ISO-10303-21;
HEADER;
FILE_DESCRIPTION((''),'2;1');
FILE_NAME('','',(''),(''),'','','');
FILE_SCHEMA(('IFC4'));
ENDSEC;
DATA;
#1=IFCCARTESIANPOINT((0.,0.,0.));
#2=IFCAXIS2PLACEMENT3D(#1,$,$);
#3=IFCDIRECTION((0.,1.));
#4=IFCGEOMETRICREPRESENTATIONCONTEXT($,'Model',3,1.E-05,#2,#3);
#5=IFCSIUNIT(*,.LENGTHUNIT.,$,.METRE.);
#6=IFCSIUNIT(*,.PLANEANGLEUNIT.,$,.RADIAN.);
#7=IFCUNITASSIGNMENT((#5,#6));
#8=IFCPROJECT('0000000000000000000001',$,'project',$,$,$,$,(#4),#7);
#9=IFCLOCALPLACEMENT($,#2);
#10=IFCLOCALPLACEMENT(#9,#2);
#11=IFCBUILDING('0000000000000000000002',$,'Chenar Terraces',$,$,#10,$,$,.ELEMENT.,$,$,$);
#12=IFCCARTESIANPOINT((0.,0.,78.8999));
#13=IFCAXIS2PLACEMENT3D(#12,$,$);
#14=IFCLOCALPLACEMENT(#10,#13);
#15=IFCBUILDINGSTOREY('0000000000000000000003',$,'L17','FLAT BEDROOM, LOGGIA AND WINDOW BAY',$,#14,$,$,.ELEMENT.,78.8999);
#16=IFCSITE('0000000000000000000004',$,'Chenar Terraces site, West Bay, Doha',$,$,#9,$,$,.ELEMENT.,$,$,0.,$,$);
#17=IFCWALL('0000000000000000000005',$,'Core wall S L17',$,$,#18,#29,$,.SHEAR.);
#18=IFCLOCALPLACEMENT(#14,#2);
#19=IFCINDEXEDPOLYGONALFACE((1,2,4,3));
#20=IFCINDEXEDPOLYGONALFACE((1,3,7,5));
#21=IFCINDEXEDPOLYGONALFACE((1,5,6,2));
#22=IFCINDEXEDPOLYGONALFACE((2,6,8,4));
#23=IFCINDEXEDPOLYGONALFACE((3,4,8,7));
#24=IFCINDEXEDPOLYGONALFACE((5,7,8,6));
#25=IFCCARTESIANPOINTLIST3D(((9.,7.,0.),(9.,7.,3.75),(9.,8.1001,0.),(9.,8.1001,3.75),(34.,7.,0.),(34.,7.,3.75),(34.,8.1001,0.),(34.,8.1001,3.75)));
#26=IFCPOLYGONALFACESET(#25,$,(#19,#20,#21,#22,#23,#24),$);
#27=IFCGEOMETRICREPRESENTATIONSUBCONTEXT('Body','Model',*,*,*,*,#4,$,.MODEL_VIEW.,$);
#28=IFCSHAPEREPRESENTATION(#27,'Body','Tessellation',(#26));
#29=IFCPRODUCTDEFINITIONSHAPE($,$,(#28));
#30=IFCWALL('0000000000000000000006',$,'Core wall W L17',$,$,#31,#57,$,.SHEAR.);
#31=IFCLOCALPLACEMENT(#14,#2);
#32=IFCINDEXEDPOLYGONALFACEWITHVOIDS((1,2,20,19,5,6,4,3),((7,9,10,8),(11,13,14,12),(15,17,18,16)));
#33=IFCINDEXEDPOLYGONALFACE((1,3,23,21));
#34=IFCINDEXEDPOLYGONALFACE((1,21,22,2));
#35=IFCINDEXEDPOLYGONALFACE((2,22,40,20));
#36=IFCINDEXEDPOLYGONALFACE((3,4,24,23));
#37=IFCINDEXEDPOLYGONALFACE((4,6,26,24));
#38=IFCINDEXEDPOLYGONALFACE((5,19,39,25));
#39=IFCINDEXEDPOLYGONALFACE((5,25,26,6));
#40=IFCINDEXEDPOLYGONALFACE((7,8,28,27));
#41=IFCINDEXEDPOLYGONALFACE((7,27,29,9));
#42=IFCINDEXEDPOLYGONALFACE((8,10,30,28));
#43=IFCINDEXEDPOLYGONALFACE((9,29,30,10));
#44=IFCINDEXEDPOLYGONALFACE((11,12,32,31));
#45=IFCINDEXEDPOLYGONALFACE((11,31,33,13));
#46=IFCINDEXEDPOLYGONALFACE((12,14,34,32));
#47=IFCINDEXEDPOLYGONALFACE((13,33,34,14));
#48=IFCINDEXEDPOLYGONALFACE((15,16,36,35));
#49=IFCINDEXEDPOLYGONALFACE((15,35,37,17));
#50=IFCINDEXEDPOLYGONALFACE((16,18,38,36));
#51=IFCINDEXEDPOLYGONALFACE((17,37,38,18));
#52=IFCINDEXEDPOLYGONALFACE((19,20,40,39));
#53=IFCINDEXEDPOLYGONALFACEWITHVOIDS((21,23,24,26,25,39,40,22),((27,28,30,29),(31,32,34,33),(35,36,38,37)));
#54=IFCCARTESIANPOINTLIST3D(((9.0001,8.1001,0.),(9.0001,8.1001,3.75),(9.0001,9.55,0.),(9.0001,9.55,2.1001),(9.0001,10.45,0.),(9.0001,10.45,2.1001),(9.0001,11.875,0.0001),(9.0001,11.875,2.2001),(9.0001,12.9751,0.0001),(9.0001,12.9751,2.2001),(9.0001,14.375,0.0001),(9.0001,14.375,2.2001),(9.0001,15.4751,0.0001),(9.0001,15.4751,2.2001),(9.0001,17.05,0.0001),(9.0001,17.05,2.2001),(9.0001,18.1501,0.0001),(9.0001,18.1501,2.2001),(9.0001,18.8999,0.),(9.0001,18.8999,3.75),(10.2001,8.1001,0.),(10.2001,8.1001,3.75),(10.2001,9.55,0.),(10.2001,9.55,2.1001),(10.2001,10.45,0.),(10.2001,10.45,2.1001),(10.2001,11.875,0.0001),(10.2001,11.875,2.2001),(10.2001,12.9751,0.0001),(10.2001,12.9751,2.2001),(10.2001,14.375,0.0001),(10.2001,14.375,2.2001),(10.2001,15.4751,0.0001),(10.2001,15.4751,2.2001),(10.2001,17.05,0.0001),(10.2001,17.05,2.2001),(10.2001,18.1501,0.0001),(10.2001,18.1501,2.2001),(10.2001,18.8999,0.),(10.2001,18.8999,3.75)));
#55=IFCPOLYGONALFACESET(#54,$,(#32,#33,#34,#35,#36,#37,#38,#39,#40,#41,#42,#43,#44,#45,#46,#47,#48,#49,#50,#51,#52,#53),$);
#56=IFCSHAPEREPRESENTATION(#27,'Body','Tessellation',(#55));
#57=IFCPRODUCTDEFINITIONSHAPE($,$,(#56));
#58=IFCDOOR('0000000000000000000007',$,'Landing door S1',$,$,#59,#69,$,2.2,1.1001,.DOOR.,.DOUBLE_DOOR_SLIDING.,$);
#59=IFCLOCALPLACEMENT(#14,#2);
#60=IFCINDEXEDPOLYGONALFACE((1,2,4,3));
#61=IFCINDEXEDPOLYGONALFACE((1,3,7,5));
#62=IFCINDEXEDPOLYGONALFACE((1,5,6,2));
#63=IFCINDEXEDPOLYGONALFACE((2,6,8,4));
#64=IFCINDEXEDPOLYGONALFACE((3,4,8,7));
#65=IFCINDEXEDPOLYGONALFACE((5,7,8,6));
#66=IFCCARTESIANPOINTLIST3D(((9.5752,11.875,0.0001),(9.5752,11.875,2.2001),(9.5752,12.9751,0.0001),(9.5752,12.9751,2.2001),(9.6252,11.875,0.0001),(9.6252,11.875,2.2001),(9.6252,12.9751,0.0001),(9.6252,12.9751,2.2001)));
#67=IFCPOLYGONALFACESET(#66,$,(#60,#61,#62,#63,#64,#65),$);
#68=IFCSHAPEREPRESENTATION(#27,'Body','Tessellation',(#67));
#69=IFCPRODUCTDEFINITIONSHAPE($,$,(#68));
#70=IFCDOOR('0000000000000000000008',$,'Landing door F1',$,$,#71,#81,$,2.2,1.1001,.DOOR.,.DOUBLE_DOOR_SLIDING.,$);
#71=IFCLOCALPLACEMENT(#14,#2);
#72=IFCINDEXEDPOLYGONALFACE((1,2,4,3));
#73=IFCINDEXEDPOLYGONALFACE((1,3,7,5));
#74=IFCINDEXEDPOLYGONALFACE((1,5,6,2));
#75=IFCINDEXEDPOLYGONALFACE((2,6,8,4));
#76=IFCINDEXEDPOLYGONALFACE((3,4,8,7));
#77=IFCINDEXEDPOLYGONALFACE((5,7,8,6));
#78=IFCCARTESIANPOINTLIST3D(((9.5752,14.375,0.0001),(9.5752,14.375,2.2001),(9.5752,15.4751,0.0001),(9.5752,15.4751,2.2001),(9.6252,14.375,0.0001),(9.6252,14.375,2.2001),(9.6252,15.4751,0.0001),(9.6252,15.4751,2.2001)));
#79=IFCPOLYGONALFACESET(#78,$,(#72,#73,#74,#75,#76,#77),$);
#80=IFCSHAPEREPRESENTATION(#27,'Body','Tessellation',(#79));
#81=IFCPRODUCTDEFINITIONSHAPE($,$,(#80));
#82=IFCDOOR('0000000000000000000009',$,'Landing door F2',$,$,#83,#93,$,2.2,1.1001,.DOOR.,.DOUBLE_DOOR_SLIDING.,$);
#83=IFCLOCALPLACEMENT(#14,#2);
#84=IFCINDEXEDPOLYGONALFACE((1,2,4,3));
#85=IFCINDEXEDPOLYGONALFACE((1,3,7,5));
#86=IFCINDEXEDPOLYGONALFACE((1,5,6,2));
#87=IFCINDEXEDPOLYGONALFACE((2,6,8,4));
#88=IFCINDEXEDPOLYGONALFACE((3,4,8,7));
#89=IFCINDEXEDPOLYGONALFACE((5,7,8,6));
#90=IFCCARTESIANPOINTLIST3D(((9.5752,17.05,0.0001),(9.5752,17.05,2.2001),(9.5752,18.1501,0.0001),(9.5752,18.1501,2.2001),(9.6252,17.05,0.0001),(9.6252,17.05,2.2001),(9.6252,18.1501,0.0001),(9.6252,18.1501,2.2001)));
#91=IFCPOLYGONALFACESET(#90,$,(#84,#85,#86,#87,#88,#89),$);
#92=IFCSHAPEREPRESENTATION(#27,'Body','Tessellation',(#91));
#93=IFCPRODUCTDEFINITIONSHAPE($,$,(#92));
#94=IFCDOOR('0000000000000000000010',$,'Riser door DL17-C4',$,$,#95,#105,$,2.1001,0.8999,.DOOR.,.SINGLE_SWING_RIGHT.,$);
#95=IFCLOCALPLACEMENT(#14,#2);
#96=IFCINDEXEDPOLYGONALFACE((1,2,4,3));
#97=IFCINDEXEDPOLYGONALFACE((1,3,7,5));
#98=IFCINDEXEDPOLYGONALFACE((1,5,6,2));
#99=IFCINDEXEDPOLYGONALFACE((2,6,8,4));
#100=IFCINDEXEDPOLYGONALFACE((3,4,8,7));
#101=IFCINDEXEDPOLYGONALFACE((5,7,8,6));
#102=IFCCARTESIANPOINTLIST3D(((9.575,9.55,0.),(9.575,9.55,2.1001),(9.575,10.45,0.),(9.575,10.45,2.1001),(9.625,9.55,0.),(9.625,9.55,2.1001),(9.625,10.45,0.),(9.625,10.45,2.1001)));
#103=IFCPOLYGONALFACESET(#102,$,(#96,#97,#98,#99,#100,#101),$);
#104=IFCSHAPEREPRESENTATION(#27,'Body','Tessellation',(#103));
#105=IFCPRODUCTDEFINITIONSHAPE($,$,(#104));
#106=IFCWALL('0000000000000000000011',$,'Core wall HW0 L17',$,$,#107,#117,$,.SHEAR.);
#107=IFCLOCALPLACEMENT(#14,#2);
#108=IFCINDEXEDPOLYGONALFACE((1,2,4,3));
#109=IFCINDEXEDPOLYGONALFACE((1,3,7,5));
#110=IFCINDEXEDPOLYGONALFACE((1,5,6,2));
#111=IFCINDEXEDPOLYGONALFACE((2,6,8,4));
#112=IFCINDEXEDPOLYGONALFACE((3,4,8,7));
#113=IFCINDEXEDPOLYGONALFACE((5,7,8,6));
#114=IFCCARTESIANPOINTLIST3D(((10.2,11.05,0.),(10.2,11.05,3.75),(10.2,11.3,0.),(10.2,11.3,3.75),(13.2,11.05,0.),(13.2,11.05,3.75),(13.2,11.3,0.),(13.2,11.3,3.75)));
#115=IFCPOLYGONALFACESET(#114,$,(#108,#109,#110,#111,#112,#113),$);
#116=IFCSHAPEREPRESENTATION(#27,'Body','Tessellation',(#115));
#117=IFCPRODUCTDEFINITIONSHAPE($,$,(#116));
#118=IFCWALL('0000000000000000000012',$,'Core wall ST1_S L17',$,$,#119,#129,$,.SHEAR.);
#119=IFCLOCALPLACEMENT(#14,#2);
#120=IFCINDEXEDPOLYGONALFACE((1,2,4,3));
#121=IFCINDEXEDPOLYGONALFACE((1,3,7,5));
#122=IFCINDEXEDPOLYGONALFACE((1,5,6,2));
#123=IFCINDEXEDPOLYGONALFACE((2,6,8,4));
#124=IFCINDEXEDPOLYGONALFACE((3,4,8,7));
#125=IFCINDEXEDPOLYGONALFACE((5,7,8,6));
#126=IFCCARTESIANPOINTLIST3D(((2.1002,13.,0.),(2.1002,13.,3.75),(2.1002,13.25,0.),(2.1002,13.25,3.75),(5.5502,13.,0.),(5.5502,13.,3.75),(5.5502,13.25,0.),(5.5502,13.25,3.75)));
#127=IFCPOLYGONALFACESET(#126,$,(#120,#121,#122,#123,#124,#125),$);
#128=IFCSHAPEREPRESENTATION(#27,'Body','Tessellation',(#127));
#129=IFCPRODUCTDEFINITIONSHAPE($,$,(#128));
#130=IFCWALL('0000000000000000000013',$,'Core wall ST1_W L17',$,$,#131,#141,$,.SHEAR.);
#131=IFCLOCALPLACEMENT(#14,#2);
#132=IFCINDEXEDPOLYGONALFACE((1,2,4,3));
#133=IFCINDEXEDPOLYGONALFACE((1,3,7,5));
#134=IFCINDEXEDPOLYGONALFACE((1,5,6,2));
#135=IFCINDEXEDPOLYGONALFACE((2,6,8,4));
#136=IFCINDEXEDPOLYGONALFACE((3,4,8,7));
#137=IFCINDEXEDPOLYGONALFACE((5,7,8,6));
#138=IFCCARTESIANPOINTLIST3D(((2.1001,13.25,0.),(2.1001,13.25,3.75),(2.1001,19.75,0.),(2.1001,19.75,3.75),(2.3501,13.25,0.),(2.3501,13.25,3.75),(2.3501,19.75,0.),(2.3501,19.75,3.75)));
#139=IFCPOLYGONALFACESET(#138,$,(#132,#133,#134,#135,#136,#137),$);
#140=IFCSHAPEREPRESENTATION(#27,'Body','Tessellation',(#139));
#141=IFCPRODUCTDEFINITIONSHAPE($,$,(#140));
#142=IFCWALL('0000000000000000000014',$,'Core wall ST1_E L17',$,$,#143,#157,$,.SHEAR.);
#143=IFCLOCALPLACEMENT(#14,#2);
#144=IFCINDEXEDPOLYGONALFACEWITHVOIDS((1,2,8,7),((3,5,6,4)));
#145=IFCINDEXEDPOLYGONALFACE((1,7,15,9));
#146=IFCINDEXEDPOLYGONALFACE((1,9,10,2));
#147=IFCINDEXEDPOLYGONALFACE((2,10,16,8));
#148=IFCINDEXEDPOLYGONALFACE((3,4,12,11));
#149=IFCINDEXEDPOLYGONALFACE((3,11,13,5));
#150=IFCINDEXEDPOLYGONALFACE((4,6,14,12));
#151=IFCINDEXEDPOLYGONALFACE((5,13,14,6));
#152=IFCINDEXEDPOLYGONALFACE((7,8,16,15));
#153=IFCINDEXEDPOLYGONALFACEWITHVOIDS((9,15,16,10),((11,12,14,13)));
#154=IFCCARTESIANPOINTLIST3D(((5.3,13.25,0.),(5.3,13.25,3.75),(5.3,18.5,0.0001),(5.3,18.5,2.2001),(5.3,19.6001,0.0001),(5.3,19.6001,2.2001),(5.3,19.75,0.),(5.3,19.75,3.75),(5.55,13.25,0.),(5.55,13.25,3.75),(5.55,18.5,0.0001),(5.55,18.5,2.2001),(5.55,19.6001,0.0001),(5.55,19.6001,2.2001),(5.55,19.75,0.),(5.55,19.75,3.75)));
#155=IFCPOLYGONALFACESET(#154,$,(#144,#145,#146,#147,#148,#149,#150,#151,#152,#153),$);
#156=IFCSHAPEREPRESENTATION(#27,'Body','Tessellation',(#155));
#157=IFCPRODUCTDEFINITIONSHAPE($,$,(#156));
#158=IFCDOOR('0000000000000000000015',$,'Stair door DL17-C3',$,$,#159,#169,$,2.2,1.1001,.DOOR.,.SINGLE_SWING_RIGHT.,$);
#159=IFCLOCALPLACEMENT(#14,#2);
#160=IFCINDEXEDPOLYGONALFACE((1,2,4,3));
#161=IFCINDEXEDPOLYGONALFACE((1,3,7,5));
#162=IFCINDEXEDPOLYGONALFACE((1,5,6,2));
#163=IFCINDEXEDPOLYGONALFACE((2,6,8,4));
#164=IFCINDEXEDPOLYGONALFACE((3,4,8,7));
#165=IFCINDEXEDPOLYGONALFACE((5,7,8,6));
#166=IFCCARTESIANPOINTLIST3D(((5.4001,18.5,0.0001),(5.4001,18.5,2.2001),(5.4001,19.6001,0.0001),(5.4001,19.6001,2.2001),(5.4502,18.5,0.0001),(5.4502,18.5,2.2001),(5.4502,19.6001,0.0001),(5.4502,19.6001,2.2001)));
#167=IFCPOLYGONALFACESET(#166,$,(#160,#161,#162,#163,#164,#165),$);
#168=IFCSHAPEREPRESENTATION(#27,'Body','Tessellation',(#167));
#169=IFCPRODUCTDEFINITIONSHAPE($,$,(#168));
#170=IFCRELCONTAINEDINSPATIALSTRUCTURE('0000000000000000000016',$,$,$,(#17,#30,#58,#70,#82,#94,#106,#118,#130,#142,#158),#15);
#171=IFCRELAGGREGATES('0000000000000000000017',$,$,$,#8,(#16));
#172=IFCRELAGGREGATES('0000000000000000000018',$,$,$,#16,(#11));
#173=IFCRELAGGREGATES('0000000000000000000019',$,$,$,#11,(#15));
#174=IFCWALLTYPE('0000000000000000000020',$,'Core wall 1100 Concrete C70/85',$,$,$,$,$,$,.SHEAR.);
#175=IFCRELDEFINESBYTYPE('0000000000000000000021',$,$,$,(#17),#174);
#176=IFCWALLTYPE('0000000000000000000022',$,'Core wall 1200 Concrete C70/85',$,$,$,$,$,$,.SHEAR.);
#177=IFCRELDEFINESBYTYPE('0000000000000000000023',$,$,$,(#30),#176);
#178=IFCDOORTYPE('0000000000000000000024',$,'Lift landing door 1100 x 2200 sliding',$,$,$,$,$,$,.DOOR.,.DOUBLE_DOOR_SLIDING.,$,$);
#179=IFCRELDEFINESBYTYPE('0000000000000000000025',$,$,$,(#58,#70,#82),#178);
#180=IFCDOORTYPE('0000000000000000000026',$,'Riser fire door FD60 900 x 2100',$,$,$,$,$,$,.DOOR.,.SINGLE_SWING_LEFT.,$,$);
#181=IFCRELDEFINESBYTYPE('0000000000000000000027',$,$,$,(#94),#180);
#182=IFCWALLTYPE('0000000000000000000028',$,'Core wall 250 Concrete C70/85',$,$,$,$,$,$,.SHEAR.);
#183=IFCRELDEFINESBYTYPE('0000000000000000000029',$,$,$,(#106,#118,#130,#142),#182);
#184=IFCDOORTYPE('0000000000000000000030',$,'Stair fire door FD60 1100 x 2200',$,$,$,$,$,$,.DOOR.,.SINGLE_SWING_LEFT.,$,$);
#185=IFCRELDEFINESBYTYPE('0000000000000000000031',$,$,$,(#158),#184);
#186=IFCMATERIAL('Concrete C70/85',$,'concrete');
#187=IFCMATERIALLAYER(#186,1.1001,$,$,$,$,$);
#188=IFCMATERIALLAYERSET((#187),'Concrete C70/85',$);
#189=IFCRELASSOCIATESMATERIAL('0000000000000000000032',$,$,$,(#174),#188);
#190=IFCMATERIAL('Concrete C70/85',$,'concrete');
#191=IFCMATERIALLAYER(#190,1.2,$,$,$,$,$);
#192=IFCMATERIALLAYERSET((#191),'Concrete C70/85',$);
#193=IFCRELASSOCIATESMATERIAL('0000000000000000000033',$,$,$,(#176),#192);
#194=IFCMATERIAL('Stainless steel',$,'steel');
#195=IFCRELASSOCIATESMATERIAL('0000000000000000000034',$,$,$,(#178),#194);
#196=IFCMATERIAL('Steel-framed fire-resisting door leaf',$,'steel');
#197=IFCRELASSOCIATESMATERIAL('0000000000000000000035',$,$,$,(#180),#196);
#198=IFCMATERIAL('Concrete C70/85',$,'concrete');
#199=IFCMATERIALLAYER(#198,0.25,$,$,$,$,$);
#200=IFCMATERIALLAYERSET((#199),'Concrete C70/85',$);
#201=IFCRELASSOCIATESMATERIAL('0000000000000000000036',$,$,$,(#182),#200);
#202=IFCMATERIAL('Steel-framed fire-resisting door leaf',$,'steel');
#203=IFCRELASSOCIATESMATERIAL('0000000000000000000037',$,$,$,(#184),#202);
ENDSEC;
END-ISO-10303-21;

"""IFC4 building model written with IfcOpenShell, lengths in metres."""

from ifc_helpers import new_model, si_unit, direction, frame, frame_2d, origin, place, context, subcontext, project, spatial, rectangle, extrude, material, layer, layer_set, type_object, element, fill, save


model = new_model("IFC4")

# Units and contexts
model_context = context("Model", 3, precision=1e-05, world=origin(), true_north=direction((0.0, 1.0)))
body_context = subcontext(model_context, "Body", "Model", "MODEL_VIEW")
ifc_project = project(units=[si_unit("LENGTHUNIT", "METRE"), si_unit("PLANEANGLEUNIT", "RADIAN")], contexts=[model_context])

# Site, building, storey
site_placement = place(None, origin())
site = spatial("IfcSite", under=ifc_project, at=site_placement, Name="Chenar Terraces site, West Bay, Doha", CompositionType="ELEMENT", RefElevation=0.0)
building_placement = place(site_placement, origin())
building = spatial("IfcBuilding", under=site, at=building_placement, Name="Chenar Terraces", CompositionType="ELEMENT")
storey_placement = place(building_placement, frame((0.0, 0.0, 78.8999)))
storey = spatial("IfcBuildingStorey", under=building, at=storey_placement, Name="L17", Description="FLAT BEDROOM, LOGGIA AND WINDOW BAY", CompositionType="ELEMENT", Elevation=78.8999)

# Wall
ifc_material_1 = material(Name="Concrete C70/85", Category="concrete")
ifc_layer_1 = layer(ifc_material_1, 1.1001)
ifc_layer_set_1 = layer_set([ifc_layer_1], Name="Concrete C70/85")
wall_type_1 = type_object("IfcWallType", Name="Core wall 1100 Concrete C70/85", PredefinedType="SHEAR", material=ifc_layer_set_1)
wall_1_placement = place(storey_placement, frame((9.0, 7.55, 0.0), z_axis=(0.0, 0.0, 1.0), x_axis=(1.0, 0.0, 0.0)))
element("IfcWall", 1, at=wall_1_placement, inside=storey, type_object=wall_type_1, Name="Core wall S L17", PredefinedType="SHEAR", context=body_context, shape_type="SweptSolid", body=[
    extrude(rectangle(XDim=25.0, YDim=1.1001, at=frame_2d((12.5, 0.0))), origin(), (0.0, 0.0, 1.0), 3.75),
])

# Wall, openings, doors
ifc_material_2 = material(Name="Concrete C70/85", Category="concrete")
ifc_layer_2 = layer(ifc_material_2, 1.2)
ifc_layer_set_2 = layer_set([ifc_layer_2], Name="Concrete C70/85")
wall_type_2 = type_object("IfcWallType", Name="Core wall 1200 Concrete C70/85", PredefinedType="SHEAR", material=ifc_layer_set_2)
wall_2_placement = place(storey_placement, frame((9.6001, 8.1001, 0.0), z_axis=(0.0, 0.0, 1.0), x_axis=(0.0, 1.0, 0.0)))
wall_2 = element("IfcWall", 2, at=wall_2_placement, inside=storey, type_object=wall_type_2, Name="Core wall W L17", PredefinedType="SHEAR", context=body_context, shape_type="SweptSolid", body=[
    extrude(rectangle(XDim=10.7998, YDim=1.2, at=frame_2d((5.3999, 0.0))), origin(), (0.0, 0.0, 1.0), 3.75),
])
opening_1_placement = place(wall_2_placement, frame((3.7749, 0.0, 0.0)))
opening_1 = element("IfcOpeningElement", 3, at=opening_1_placement, cuts=wall_2, PredefinedType="OPENING", context=body_context, shape_type="SweptSolid", body=[
    extrude(rectangle(XDim=1.1001, YDim=2.2, at=frame_2d((0.55, 1.1001))), frame((0.0, 0.6099, 0.0), z_axis=(0.0, -1.0, 0.0), x_axis=(1.0, 0.0, 0.0)), (0.0, 0.0, 1.0), 1.22),
])
opening_2_placement = place(wall_2_placement, frame((6.2749, 0.0, 0.0)))
opening_2 = element("IfcOpeningElement", 4, at=opening_2_placement, cuts=wall_2, PredefinedType="OPENING", context=body_context, shape_type="SweptSolid", body=[
    extrude(rectangle(XDim=1.1001, YDim=2.2, at=frame_2d((0.55, 1.1001))), frame((0.0, 0.6099, 0.0), z_axis=(0.0, -1.0, 0.0), x_axis=(1.0, 0.0, 0.0)), (0.0, 0.0, 1.0), 1.22),
])
opening_3_placement = place(wall_2_placement, frame((8.95, 0.0, 0.0)))
opening_3 = element("IfcOpeningElement", 5, at=opening_3_placement, cuts=wall_2, PredefinedType="OPENING", context=body_context, shape_type="SweptSolid", body=[
    extrude(rectangle(XDim=1.1001, YDim=2.2, at=frame_2d((0.55, 1.1001))), frame((0.0, 0.6099, 0.0), z_axis=(0.0, -1.0, 0.0), x_axis=(1.0, 0.0, 0.0)), (0.0, 0.0, 1.0), 1.22),
])
opening_4_placement = place(wall_2_placement, frame((1.45, 0.0, 0.0)))
opening_4 = element("IfcOpeningElement", 6, at=opening_4_placement, cuts=wall_2, PredefinedType="OPENING", context=body_context, shape_type="SweptSolid", body=[
    extrude(rectangle(XDim=0.8999, YDim=2.1001, at=frame_2d((0.45, 1.05))), frame((0.0, 0.6099, 0.0), z_axis=(0.0, -1.0, 0.0), x_axis=(1.0, 0.0, 0.0)), (0.0, 0.0, 1.0), 1.22),
])
ifc_material_3 = material(Name="Stainless steel", Category="steel")
door_type_1 = type_object("IfcDoorType", Name="Lift landing door 1100 x 2200 sliding", OperationType="DOUBLE_DOOR_SLIDING", PredefinedType="DOOR", material=ifc_material_3)
door_1_placement = place(opening_1_placement, origin())
door_1 = element("IfcDoor", 7, at=door_1_placement, inside=storey, type_object=door_type_1, Name="Landing door S1", OperationType="DOUBLE_DOOR_SLIDING", OverallHeight=2.2, OverallWidth=1.1001, PredefinedType="DOOR", context=body_context, shape_type="SweptSolid", body=[
    extrude(rectangle(XDim=1.1001, YDim=2.2, at=frame_2d((0.55, 1.1001))), frame((0.0, 0.0249, 0.0), z_axis=(0.0, -1.0, 0.0), x_axis=(1.0, 0.0, 0.0)), (0.0, 0.0, 1.0), 0.05),
])
fill(opening_1, door_1)
door_2_placement = place(opening_2_placement, origin())
door_2 = element("IfcDoor", 8, at=door_2_placement, inside=storey, type_object=door_type_1, Name="Landing door F1", OperationType="DOUBLE_DOOR_SLIDING", OverallHeight=2.2, OverallWidth=1.1001, PredefinedType="DOOR", context=body_context, shape_type="SweptSolid", body=[
    extrude(rectangle(XDim=1.1001, YDim=2.2, at=frame_2d((0.55, 1.1001))), frame((0.0, 0.0249, 0.0), z_axis=(0.0, -1.0, 0.0), x_axis=(1.0, 0.0, 0.0)), (0.0, 0.0, 1.0), 0.05),
])
fill(opening_2, door_2)
door_3_placement = place(opening_3_placement, origin())
door_3 = element("IfcDoor", 9, at=door_3_placement, inside=storey, type_object=door_type_1, Name="Landing door F2", OperationType="DOUBLE_DOOR_SLIDING", OverallHeight=2.2, OverallWidth=1.1001, PredefinedType="DOOR", context=body_context, shape_type="SweptSolid", body=[
    extrude(rectangle(XDim=1.1001, YDim=2.2, at=frame_2d((0.55, 1.1001))), frame((0.0, 0.0249, 0.0), z_axis=(0.0, -1.0, 0.0), x_axis=(1.0, 0.0, 0.0)), (0.0, 0.0, 1.0), 0.05),
])
fill(opening_3, door_3)
ifc_material_4 = material(Name="Steel-framed fire-resisting door leaf", Category="steel")
door_type_2 = type_object("IfcDoorType", Name="Riser fire door FD60 900 x 2100", OperationType="SINGLE_SWING_LEFT", PredefinedType="DOOR", material=ifc_material_4)
door_4_placement = place(opening_4_placement, frame((0.8999, 0.0, 0.0), z_axis=(0.0, 0.0, 1.0), x_axis=(-1.0, 0.0, 0.0)))
door_4 = element("IfcDoor", 10, at=door_4_placement, inside=storey, type_object=door_type_2, Name="Riser door DL17-C4", OperationType="SINGLE_SWING_RIGHT", OverallHeight=2.1001, OverallWidth=0.8999, PredefinedType="DOOR", context=body_context, shape_type="SweptSolid", body=[
    extrude(rectangle(XDim=0.8999, YDim=2.1001, at=frame_2d((0.45, 1.05))), frame((0.0, 0.0249, 0.0), z_axis=(0.0, -1.0, 0.0), x_axis=(1.0, 0.0, 0.0)), (0.0, 0.0, 1.0), 0.05),
])
fill(opening_4, door_4)

# Walls
ifc_material_5 = material(Name="Concrete C70/85", Category="concrete")
ifc_layer_3 = layer(ifc_material_5, 0.25)
ifc_layer_set_3 = layer_set([ifc_layer_3], Name="Concrete C70/85")
wall_type_3 = type_object("IfcWallType", Name="Core wall 250 Concrete C70/85", PredefinedType="SHEAR", material=ifc_layer_set_3)
wall_3_placement = place(storey_placement, frame((10.2, 11.175, 0.0), z_axis=(0.0, 0.0, 1.0), x_axis=(1.0, 0.0, 0.0)))
element("IfcWall", 11, at=wall_3_placement, inside=storey, type_object=wall_type_3, Name="Core wall HW0 L17", PredefinedType="SHEAR", context=body_context, shape_type="SweptSolid", body=[
    extrude(rectangle(XDim=3.0, YDim=0.25, at=frame_2d((1.5, 0.0))), origin(), (0.0, 0.0, 1.0), 3.75),
])
wall_4_placement = place(storey_placement, frame((2.1001, 13.125, 0.0), z_axis=(0.0, 0.0, 1.0), x_axis=(1.0, 0.0, 0.0)))
element("IfcWall", 12, at=wall_4_placement, inside=storey, type_object=wall_type_3, Name="Core wall ST1_S L17", PredefinedType="SHEAR", context=body_context, shape_type="SweptSolid", body=[
    extrude(rectangle(XDim=3.45, YDim=0.25, at=frame_2d((1.7251, 0.0))), origin(), (0.0, 0.0, 1.0), 3.75),
])
wall_5_placement = place(storey_placement, frame((2.2251, 13.25, 0.0), z_axis=(0.0, 0.0, 1.0), x_axis=(0.0, 1.0, 0.0)))
element("IfcWall", 13, at=wall_5_placement, inside=storey, type_object=wall_type_3, Name="Core wall ST1_W L17", PredefinedType="SHEAR", context=body_context, shape_type="SweptSolid", body=[
    extrude(rectangle(XDim=6.5, YDim=0.25, at=frame_2d((3.25, 0.0))), origin(), (0.0, 0.0, 1.0), 3.75),
])

# Wall, opening, door
wall_6_placement = place(storey_placement, frame((5.425, 13.25, 0.0), z_axis=(0.0, 0.0, 1.0), x_axis=(0.0, 1.0, 0.0)))
wall_6 = element("IfcWall", 14, at=wall_6_placement, inside=storey, type_object=wall_type_3, Name="Core wall ST1_E L17", PredefinedType="SHEAR", context=body_context, shape_type="SweptSolid", body=[
    extrude(rectangle(XDim=6.5, YDim=0.25, at=frame_2d((3.25, 0.0))), origin(), (0.0, 0.0, 1.0), 3.75),
])
opening_5_placement = place(wall_6_placement, frame((5.25, 0.0, 0.0)))
opening_5 = element("IfcOpeningElement", 15, at=opening_5_placement, cuts=wall_6, PredefinedType="OPENING", context=body_context, shape_type="SweptSolid", body=[
    extrude(rectangle(XDim=1.1001, YDim=2.2, at=frame_2d((0.55, 1.1001))), frame((0.0, 0.135, 0.0), z_axis=(0.0, -1.0, 0.0), x_axis=(1.0, 0.0, 0.0)), (0.0, 0.0, 1.0), 0.27),
])
ifc_material_6 = material(Name="Steel-framed fire-resisting door leaf", Category="steel")
door_type_3 = type_object("IfcDoorType", Name="Stair fire door FD60 1100 x 2200", OperationType="SINGLE_SWING_LEFT", PredefinedType="DOOR", material=ifc_material_6)
door_5_placement = place(opening_5_placement, origin())
door_5 = element("IfcDoor", 16, at=door_5_placement, inside=storey, type_object=door_type_3, Name="Stair door DL17-C3", OperationType="SINGLE_SWING_RIGHT", OverallHeight=2.2, OverallWidth=1.1001, PredefinedType="DOOR", context=body_context, shape_type="SweptSolid", body=[
    extrude(rectangle(XDim=1.1001, YDim=2.2, at=frame_2d((0.55, 1.1001))), frame((0.0, 0.0249, 0.0), z_axis=(0.0, -1.0, 0.0), x_axis=(1.0, 0.0, 0.0)), (0.0, 0.0, 1.0), 0.05),
])
fill(opening_5, door_5)

save(model, "model.ifc")
